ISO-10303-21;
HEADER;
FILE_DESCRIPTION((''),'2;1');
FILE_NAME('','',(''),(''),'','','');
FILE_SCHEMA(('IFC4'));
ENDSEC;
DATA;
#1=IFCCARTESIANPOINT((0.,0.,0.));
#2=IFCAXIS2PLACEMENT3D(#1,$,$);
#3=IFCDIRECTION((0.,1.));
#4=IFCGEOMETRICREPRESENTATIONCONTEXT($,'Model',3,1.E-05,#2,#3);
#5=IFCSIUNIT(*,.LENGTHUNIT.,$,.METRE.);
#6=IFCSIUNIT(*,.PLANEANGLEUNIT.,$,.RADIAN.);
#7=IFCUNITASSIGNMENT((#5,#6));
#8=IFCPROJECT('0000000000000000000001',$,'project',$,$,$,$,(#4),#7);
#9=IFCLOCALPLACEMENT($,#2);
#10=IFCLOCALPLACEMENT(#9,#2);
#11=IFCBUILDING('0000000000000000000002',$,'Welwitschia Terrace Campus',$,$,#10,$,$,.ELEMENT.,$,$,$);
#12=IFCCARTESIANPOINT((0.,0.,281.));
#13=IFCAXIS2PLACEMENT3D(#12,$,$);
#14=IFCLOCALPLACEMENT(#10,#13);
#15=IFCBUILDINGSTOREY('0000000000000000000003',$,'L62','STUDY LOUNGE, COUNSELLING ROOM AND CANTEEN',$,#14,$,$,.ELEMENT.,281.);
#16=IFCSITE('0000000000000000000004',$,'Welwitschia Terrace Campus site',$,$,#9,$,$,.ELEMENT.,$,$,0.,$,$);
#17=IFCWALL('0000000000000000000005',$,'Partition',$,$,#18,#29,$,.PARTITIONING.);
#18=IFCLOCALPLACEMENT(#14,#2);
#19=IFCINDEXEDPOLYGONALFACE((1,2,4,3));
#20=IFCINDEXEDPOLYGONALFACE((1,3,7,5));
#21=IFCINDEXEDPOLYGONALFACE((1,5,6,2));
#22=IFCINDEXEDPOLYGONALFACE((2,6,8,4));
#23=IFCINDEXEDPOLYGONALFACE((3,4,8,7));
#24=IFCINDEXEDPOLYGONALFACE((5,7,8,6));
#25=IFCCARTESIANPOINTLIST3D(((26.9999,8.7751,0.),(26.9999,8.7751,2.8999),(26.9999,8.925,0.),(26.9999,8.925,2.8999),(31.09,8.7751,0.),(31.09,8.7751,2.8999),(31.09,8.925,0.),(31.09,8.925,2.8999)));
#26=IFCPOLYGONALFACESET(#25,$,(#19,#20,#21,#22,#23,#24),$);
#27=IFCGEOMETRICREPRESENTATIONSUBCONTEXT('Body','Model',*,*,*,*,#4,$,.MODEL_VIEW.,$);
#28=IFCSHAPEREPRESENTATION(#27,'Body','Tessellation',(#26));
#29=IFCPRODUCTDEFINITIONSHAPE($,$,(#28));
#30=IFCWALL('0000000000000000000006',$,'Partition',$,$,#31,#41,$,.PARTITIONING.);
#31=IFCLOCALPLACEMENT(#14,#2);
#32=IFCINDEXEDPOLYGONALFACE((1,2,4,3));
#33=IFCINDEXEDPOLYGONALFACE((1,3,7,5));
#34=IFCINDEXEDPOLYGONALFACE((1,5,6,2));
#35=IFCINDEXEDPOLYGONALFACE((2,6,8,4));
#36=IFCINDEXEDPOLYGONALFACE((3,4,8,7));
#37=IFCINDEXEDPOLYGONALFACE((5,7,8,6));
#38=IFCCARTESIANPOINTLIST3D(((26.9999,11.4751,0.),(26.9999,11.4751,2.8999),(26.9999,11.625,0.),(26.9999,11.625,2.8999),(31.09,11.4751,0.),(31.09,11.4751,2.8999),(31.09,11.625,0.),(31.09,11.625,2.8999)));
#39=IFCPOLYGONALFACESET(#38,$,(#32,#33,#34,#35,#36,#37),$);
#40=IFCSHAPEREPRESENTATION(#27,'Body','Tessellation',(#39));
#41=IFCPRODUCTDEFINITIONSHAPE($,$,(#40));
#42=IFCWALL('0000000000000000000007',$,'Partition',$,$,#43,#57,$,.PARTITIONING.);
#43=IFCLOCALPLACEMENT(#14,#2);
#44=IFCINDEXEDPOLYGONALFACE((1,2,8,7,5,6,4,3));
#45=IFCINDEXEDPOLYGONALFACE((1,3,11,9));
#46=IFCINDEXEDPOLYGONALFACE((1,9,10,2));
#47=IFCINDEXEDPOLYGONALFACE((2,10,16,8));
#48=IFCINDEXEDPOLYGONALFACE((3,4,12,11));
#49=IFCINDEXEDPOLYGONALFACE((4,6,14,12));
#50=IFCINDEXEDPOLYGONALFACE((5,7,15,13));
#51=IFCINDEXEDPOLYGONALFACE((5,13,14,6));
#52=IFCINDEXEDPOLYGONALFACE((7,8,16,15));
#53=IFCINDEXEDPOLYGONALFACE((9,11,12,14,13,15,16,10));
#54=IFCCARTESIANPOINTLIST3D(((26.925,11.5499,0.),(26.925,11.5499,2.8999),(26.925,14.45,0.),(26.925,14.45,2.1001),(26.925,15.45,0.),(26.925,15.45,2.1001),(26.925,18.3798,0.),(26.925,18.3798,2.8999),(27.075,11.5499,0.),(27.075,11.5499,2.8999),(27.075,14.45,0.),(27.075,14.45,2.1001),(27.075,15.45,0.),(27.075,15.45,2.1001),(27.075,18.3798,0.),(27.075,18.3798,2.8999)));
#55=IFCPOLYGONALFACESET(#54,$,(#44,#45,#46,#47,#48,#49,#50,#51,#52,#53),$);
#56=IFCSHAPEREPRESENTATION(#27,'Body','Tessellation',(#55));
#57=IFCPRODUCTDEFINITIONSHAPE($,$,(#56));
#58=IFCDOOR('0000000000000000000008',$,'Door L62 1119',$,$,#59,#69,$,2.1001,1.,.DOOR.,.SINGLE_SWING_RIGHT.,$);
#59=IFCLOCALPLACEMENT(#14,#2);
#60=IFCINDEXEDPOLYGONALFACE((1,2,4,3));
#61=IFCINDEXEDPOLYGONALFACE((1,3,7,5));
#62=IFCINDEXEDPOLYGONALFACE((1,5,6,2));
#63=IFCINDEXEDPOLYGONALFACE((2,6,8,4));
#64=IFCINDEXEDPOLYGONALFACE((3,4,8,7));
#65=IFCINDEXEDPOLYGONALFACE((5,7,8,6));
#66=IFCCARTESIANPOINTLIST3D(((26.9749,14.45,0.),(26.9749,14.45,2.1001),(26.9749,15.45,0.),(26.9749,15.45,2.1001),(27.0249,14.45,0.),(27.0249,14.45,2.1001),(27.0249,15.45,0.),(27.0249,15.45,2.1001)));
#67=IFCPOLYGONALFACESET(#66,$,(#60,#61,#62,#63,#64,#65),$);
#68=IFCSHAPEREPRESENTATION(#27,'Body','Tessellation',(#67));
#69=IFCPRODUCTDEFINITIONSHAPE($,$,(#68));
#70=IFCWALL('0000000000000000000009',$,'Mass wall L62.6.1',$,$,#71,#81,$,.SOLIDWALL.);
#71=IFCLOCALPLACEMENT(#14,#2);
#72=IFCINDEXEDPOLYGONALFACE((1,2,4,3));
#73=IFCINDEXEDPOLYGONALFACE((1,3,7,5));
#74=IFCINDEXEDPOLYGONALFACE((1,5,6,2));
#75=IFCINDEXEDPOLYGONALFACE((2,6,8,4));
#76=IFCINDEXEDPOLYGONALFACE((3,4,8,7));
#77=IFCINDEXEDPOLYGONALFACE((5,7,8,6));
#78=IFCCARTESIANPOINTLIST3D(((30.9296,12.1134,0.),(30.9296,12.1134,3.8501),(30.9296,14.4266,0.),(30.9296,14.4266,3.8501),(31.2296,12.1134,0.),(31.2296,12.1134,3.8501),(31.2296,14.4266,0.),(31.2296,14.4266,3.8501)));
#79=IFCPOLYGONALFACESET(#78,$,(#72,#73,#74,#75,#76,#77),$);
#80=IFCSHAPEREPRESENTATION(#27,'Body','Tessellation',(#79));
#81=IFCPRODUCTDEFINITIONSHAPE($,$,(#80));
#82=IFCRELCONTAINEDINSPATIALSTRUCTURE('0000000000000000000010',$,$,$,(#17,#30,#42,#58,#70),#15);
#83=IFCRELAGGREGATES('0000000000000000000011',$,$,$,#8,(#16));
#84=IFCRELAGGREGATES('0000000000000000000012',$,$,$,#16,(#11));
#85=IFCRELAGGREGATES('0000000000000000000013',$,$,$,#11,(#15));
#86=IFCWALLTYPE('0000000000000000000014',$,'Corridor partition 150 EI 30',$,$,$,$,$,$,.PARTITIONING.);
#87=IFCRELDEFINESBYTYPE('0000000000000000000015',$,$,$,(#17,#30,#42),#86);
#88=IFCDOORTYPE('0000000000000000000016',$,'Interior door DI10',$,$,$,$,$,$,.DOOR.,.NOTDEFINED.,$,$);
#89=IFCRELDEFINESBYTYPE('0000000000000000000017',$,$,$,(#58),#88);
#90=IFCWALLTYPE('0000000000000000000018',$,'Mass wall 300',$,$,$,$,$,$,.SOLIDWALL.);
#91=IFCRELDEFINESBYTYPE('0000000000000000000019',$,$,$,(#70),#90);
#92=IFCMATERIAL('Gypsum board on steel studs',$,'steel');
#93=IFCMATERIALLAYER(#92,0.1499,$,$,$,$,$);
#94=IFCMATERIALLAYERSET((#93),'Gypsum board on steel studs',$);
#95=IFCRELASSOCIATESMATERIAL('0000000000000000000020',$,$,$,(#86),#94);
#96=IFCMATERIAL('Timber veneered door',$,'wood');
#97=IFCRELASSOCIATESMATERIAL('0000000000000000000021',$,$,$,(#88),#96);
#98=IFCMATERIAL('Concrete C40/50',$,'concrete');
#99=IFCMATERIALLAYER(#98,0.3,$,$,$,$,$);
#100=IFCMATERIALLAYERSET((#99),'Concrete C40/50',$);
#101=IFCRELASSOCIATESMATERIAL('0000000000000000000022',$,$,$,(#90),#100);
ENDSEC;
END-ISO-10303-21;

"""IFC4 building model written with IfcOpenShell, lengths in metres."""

from ifc_helpers import new_model, si_unit, direction, frame, frame_2d, origin, place, context, subcontext, project, spatial, rectangle, extrude, material, layer, layer_set, type_object, element, fill, save


model = new_model("IFC4")

# Units and contexts
model_context = context("Model", 3, precision=1e-05, world=origin(), true_north=direction((0.0, 1.0)))
body_context = subcontext(model_context, "Body", "Model", "MODEL_VIEW")
ifc_project = project(units=[si_unit("LENGTHUNIT", "METRE"), si_unit("PLANEANGLEUNIT", "RADIAN")], contexts=[model_context])

# Site, building, storey
site_placement = place(None, origin())
site = spatial("IfcSite", under=ifc_project, at=site_placement, Name="Welwitschia Terrace Campus site", CompositionType="ELEMENT", RefElevation=0.0)
building_placement = place(site_placement, origin())
building = spatial("IfcBuilding", under=site, at=building_placement, Name="Welwitschia Terrace Campus", CompositionType="ELEMENT")
storey_placement = place(building_placement, frame((0.0, 0.0, 281.0)))
storey = spatial("IfcBuildingStorey", under=building, at=storey_placement, Name="L62", Description="STUDY LOUNGE, COUNSELLING ROOM AND CANTEEN", CompositionType="ELEMENT", Elevation=281.0)

# Walls
ifc_material_1 = material(Name="Gypsum board on steel studs", Category="steel")
ifc_layer_1 = layer(ifc_material_1, 0.1499)
ifc_layer_set_1 = layer_set([ifc_layer_1], Name="Gypsum board on steel studs")
wall_type_1 = type_object("IfcWallType", Name="Corridor partition 150 EI 30", PredefinedType="PARTITIONING", material=ifc_layer_set_1)
for number, where, z_axis, x_axis, name in (
    (1, (27.0, 8.8501, 0.0), (0.0, 0.0, 1.0), (1.0, 0.0, 0.0), "Partition"),
    (2, (27.0, 11.55, 0.0), (0.0, 0.0, 1.0), (1.0, 0.0, 0.0), "Partition"),
):
    element("IfcWall", number, at=place(storey_placement, frame(where, z_axis=z_axis, x_axis=x_axis)), inside=storey, type_object=wall_type_1, Name=name, PredefinedType="PARTITIONING", context=body_context, shape_type="SweptSolid", body=[
        extrude(rectangle(XDim=4.0901, YDim=0.1499, at=frame_2d((2.0449, 0.0))), origin(), (0.0, 0.0, 1.0), 2.8999),
    ])

# Wall, opening, door
wall_1_placement = place(storey_placement, frame((27.0, 18.3799, 0.0), z_axis=(0.0, 0.0, 1.0), x_axis=(0.0, -1.0, 0.0)))
wall_1 = element("IfcWall", 3, at=wall_1_placement, inside=storey, type_object=wall_type_1, Name="Partition", PredefinedType="PARTITIONING", context=body_context, shape_type="SweptSolid", body=[
    extrude(rectangle(XDim=6.8298, YDim=0.1499, at=frame_2d((3.415, 0.0))), origin(), (0.0, 0.0, 1.0), 2.8999),
])
opening_placement = place(wall_1_placement, frame((2.9299, 0.0, 0.0)))
opening = element("IfcOpeningElement", 4, at=opening_placement, cuts=wall_1, PredefinedType="OPENING", context=body_context, shape_type="SweptSolid", body=[
    extrude(rectangle(XDim=1.0, YDim=2.1001, at=frame_2d((0.5, 1.05))), frame((0.0, 0.085, 0.0), z_axis=(0.0, -1.0, 0.0), x_axis=(1.0, 0.0, 0.0)), (0.0, 0.0, 1.0), 0.1699),
])
ifc_material_2 = material(Name="Timber veneered door", Category="wood")
door_type = type_object("IfcDoorType", Name="Interior door DI10", OperationType="NOTDEFINED", PredefinedType="DOOR", material=ifc_material_2)
door_placement = place(opening_placement, origin())
door = element("IfcDoor", 5, at=door_placement, inside=storey, type_object=door_type, Name="Door L62 1119", OperationType="SINGLE_SWING_RIGHT", OverallHeight=2.1001, OverallWidth=1.0, PredefinedType="DOOR", context=body_context, shape_type="SweptSolid", body=[
    extrude(rectangle(XDim=1.0, YDim=2.1001, at=frame_2d((0.5, 1.05))), frame((0.0, 0.0249, 0.0), z_axis=(0.0, -1.0, 0.0), x_axis=(1.0, 0.0, 0.0)), (0.0, 0.0, 1.0), 0.05),
])
fill(opening, door)

# Wall
ifc_material_3 = material(Name="Concrete C40/50", Category="concrete")
ifc_layer_2 = layer(ifc_material_3, 0.3)
ifc_layer_set_2 = layer_set([ifc_layer_2], Name="Concrete C40/50")
wall_type_2 = type_object("IfcWallType", Name="Mass wall 300", PredefinedType="SOLIDWALL", material=ifc_layer_set_2)
wall_2_placement = place(storey_placement, frame((31.0796, 12.1133, 0.0), z_axis=(0.0, 0.0, 1.0), x_axis=(0.0, 1.0, 0.0)))
element("IfcWall", 6, at=wall_2_placement, inside=storey, type_object=wall_type_2, Name="Mass wall L62.6.1", PredefinedType="SOLIDWALL", context=body_context, shape_type="SweptSolid", body=[
    extrude(rectangle(XDim=2.3132, YDim=0.3, at=frame_2d((1.1567, 0.0))), origin(), (0.0, 0.0, 1.0), 3.8501),
])

save(model, "model.ifc")
